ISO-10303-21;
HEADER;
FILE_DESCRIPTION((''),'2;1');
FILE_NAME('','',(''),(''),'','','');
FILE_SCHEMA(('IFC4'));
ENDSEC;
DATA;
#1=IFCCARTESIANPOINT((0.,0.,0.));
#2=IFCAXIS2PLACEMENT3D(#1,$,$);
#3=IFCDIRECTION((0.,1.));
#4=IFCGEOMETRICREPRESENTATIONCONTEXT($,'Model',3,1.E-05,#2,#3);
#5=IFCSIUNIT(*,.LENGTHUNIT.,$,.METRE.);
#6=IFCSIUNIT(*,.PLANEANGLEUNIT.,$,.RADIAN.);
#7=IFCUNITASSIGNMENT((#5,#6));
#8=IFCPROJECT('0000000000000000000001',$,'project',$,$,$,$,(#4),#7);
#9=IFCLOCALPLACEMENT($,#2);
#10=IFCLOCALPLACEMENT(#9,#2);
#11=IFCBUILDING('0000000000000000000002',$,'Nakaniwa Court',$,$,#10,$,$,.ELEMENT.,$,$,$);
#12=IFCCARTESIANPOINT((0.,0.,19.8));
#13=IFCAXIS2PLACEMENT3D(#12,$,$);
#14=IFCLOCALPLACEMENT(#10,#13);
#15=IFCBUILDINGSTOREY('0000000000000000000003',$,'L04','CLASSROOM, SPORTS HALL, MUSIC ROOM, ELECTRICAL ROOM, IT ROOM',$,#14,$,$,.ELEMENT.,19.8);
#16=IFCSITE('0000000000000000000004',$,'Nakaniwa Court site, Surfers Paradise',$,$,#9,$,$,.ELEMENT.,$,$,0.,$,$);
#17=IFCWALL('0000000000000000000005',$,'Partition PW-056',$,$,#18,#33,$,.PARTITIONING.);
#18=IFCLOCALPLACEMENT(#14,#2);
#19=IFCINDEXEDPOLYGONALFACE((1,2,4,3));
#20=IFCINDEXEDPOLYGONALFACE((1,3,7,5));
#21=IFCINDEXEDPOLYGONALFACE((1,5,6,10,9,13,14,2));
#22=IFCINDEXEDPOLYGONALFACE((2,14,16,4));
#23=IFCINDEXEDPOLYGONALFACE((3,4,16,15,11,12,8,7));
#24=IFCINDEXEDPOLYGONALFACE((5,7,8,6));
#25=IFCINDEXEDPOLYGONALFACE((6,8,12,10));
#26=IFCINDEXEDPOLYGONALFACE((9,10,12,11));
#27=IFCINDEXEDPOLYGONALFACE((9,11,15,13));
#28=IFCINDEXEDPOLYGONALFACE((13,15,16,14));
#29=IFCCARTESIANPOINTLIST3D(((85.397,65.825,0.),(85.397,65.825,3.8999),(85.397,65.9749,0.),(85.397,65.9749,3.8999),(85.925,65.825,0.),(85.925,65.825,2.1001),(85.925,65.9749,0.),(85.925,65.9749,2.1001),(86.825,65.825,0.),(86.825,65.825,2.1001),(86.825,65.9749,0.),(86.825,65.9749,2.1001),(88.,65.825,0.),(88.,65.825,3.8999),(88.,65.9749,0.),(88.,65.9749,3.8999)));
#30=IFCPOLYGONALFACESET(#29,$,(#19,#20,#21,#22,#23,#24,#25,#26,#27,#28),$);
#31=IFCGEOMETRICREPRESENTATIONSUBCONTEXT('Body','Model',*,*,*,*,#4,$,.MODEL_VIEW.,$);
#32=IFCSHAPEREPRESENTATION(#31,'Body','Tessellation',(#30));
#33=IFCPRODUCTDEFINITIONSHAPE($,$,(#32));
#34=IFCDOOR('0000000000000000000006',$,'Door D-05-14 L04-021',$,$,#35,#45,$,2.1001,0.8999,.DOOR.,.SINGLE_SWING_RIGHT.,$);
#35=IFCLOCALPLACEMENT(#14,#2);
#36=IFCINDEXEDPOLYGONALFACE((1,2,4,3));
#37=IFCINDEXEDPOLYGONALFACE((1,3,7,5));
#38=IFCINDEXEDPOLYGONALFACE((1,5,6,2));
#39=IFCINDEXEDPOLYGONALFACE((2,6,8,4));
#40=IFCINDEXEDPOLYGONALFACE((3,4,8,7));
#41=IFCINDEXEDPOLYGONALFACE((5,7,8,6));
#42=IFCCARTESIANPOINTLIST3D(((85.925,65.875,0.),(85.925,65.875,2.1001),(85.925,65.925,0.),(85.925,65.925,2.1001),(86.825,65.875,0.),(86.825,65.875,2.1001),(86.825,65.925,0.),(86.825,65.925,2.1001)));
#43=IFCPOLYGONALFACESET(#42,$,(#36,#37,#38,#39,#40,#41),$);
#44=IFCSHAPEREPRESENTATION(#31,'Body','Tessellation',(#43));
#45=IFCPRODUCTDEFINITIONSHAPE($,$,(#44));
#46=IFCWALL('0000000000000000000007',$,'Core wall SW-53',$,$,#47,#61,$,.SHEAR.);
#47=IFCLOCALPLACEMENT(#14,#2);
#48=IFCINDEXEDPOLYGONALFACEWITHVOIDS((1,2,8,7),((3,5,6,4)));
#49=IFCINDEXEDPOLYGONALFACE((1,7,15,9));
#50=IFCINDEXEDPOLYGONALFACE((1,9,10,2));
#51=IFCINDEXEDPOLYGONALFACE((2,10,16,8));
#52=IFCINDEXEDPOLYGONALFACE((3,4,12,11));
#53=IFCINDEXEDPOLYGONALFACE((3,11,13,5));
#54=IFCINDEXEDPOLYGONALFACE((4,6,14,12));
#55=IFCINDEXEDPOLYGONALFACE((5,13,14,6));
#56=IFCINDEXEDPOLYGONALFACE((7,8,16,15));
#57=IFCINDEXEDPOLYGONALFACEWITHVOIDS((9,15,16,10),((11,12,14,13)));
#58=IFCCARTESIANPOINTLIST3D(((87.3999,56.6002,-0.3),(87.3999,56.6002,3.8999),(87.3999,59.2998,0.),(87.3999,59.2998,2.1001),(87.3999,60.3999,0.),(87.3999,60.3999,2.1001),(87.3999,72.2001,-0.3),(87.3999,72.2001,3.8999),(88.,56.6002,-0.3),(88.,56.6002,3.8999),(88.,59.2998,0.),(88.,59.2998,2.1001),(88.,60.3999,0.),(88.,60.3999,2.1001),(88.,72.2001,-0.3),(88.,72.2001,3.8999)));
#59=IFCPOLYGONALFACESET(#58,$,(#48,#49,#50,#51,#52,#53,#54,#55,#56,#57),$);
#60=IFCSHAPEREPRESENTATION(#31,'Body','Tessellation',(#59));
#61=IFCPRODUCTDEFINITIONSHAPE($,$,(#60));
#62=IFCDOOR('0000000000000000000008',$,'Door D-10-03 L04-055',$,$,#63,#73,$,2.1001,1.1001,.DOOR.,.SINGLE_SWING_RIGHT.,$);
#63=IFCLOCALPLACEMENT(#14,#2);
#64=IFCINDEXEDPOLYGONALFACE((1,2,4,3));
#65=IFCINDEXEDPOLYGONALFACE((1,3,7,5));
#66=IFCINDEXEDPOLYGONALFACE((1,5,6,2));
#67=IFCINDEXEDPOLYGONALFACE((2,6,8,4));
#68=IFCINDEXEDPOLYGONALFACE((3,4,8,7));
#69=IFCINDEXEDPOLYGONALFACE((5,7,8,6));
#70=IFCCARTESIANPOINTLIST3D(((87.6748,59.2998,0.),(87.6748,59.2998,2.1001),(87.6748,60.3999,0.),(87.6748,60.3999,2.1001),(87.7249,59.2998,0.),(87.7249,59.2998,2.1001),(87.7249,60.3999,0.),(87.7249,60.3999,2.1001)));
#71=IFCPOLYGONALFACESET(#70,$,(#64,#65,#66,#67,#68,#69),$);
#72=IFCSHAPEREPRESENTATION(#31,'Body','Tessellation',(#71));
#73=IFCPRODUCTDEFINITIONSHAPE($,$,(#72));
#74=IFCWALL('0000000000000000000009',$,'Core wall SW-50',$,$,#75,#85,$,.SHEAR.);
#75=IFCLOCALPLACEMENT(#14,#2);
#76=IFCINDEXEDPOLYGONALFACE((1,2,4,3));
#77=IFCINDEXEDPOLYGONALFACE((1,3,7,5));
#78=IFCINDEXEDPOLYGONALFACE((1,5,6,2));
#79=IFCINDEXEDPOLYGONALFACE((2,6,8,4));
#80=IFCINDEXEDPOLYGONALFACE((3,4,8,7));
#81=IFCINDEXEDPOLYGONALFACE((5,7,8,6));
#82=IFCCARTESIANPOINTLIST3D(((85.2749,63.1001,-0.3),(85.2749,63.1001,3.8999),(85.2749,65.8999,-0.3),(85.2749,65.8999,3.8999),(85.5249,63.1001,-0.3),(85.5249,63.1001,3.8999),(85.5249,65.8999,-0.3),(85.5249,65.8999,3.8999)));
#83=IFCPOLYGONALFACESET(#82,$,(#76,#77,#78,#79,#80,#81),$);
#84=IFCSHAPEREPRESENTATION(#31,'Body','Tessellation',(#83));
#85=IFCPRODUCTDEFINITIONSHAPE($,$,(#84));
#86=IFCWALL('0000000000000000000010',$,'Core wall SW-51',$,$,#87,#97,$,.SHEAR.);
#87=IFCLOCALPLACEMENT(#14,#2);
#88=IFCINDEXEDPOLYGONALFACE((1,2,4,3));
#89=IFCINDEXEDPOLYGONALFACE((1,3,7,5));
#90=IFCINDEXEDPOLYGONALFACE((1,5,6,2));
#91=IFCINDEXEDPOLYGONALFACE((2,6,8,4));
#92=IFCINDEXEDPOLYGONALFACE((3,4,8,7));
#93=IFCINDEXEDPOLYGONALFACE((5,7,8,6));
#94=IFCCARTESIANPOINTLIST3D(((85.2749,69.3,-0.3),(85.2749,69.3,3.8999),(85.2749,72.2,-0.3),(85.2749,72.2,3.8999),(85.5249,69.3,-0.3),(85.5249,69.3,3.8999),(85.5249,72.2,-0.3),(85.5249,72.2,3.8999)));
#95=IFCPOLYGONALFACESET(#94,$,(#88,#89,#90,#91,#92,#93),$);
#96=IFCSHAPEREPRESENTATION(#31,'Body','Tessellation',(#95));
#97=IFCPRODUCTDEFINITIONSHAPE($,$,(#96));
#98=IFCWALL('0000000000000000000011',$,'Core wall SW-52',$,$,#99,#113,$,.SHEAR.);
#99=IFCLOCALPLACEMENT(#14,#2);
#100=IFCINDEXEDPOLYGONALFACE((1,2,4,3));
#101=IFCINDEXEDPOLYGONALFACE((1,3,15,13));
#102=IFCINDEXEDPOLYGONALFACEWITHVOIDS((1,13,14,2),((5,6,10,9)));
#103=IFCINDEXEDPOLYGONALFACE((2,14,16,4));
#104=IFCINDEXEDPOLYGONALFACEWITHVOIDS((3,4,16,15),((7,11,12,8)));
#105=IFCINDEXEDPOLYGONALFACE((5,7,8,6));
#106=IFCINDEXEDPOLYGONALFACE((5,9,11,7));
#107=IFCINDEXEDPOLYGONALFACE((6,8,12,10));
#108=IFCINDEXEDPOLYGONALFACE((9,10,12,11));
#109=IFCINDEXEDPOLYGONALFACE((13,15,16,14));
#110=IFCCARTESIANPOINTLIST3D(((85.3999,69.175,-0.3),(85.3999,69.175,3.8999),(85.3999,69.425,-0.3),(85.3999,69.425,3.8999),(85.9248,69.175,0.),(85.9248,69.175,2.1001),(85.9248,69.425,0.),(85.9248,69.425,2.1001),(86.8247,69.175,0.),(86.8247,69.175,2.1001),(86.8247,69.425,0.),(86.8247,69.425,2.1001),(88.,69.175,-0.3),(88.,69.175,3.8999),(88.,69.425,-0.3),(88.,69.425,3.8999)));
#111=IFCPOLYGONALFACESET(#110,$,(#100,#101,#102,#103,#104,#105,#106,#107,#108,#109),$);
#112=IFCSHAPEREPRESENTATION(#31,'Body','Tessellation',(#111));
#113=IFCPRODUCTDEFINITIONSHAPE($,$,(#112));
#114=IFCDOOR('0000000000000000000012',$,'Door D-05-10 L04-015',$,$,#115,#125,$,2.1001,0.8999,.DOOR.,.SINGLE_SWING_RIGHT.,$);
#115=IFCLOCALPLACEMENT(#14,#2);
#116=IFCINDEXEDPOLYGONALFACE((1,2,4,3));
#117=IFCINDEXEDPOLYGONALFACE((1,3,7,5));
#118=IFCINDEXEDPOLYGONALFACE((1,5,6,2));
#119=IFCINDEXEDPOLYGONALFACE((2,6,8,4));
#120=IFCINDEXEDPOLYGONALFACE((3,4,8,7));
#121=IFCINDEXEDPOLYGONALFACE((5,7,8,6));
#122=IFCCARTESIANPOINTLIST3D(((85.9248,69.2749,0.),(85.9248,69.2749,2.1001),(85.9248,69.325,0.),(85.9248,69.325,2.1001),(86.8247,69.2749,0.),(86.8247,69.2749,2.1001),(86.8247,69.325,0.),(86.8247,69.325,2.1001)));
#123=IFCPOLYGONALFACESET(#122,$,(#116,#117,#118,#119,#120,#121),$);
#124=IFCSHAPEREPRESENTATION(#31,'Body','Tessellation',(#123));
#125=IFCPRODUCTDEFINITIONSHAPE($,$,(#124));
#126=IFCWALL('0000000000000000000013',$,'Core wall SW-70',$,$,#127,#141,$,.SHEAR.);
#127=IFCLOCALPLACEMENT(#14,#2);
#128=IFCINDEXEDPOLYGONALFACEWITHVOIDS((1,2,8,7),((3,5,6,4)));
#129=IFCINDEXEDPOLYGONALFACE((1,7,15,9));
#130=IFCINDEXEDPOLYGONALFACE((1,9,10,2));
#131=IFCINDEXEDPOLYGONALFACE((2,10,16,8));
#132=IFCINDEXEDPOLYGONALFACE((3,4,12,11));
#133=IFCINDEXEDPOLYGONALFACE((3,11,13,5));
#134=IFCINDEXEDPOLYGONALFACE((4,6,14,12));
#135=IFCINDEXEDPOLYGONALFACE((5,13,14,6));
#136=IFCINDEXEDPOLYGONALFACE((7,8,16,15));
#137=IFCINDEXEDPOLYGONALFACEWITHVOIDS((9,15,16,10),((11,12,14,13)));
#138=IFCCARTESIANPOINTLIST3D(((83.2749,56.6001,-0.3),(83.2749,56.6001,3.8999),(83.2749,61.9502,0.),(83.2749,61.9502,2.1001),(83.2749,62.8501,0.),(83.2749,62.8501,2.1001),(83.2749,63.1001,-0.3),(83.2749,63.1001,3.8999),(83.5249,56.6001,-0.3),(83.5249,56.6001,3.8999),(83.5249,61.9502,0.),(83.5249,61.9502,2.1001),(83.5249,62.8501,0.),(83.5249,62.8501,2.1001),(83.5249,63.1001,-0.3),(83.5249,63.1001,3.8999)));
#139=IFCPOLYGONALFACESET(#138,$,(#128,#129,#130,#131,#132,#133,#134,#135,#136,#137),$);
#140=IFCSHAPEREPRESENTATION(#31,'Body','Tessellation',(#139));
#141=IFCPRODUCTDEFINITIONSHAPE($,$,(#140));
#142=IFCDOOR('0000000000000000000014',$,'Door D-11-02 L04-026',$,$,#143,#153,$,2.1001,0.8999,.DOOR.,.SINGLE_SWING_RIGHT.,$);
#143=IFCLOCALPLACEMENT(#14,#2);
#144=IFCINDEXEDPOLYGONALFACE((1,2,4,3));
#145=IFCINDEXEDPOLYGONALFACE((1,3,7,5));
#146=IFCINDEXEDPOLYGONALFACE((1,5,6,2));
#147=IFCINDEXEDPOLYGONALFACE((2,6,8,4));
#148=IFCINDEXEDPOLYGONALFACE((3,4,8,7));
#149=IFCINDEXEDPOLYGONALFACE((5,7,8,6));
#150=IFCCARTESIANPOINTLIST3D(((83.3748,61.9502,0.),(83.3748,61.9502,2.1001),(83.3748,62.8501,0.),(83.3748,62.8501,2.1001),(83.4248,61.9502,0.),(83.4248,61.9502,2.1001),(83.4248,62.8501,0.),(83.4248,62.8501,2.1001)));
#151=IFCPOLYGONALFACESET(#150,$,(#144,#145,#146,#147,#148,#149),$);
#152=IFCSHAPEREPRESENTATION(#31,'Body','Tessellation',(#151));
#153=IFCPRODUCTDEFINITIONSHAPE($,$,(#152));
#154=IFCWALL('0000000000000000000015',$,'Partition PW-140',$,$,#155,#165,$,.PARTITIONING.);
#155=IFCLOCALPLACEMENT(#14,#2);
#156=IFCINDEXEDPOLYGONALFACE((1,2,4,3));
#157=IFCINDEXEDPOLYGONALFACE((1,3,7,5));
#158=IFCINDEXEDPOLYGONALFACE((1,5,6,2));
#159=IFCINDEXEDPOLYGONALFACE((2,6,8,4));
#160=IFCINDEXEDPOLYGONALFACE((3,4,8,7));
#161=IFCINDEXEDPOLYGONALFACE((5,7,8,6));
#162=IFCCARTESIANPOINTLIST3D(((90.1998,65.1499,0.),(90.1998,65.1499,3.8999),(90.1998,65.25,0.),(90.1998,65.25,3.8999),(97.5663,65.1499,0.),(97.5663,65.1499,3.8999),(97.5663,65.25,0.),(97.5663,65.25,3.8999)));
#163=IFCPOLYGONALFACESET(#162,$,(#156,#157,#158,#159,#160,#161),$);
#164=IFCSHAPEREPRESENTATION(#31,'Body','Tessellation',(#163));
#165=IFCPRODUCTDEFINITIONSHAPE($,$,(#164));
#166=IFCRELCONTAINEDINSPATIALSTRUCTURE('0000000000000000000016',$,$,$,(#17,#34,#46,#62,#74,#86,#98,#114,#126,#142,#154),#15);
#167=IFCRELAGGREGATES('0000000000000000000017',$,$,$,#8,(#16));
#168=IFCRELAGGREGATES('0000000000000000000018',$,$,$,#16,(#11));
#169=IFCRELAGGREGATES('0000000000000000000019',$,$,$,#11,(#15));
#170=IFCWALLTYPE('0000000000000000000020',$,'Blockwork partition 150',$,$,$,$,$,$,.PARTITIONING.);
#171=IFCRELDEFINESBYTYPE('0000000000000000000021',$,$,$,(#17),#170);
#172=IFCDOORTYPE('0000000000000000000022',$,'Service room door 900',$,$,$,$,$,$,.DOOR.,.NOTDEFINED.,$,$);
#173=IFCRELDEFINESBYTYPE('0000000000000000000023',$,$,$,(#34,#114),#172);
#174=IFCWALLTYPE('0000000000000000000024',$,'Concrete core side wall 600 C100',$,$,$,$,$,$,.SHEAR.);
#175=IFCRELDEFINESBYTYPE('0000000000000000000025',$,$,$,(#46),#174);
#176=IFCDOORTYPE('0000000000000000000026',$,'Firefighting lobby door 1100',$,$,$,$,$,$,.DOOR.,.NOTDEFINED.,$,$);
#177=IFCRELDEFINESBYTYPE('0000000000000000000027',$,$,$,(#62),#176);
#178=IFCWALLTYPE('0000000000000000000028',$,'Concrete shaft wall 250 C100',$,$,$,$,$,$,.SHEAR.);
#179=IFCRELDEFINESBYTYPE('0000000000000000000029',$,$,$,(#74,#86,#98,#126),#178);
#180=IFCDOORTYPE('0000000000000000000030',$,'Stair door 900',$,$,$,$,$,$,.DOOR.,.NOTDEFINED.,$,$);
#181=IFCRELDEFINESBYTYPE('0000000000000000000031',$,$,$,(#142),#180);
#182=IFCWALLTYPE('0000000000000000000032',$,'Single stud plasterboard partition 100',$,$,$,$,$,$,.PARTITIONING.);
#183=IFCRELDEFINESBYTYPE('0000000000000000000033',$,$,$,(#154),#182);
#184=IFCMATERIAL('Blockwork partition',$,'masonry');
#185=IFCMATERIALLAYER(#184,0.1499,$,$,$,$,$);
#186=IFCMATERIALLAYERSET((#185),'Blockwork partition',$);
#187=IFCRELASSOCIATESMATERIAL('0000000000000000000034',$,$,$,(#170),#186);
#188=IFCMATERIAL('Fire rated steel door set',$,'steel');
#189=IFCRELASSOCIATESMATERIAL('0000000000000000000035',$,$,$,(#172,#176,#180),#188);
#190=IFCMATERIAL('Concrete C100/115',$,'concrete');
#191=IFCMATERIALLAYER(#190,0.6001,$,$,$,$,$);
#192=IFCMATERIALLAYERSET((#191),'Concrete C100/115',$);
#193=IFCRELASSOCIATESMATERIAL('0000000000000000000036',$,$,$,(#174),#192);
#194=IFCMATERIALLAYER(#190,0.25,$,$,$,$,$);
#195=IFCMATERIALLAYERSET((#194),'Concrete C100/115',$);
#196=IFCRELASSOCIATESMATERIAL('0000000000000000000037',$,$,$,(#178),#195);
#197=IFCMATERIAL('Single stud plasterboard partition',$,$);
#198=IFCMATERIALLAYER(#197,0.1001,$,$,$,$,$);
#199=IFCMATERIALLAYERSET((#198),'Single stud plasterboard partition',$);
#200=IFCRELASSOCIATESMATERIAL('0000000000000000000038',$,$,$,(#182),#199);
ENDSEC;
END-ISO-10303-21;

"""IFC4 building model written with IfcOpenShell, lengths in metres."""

from ifc_helpers import new_model, si_unit, direction, frame, frame_2d, origin, place, context, subcontext, project, spatial, rectangle, extrude, material, layer, layer_set, type_object, element, fill, save


model = new_model("IFC4")

# Units and contexts
model_context = context("Model", 3, precision=1e-05, world=origin(), true_north=direction((0.0, 1.0)))
body_context = subcontext(model_context, "Body", "Model", "MODEL_VIEW")
ifc_project = project(units=[si_unit("LENGTHUNIT", "METRE"), si_unit("PLANEANGLEUNIT", "RADIAN")], contexts=[model_context])

# Site, building, storey
site_placement = place(None, origin())
site = spatial("IfcSite", under=ifc_project, at=site_placement, Name="Nakaniwa Court site, Surfers Paradise", CompositionType="ELEMENT", RefElevation=0.0)
building_placement = place(site_placement, origin())
building = spatial("IfcBuilding", under=site, at=building_placement, Name="Nakaniwa Court", CompositionType="ELEMENT")
storey_placement = place(building_placement, frame((0.0, 0.0, 19.8)))
storey = spatial("IfcBuildingStorey", under=building, at=storey_placement, Name="L04", Description="CLASSROOM, SPORTS HALL, MUSIC ROOM, ELECTRICAL ROOM, IT ROOM", CompositionType="ELEMENT", Elevation=19.8)

# Shared definitions
ifc_material_1 = material(Name="Concrete C100/115", Category="concrete")

# Walls, openings, doors
ifc_material_2 = material(Name="Blockwork partition", Category="masonry")
ifc_layer_1 = layer(ifc_material_2, 0.1499)
ifc_layer_set_1 = layer_set([ifc_layer_1], Name="Blockwork partition")
wall_type_1 = type_object("IfcWallType", Name="Blockwork partition 150", PredefinedType="PARTITIONING", material=ifc_layer_set_1)
wall_1_placement = place(storey_placement, frame((88.0, 65.8999, 0.0), z_axis=(0.0, 0.0, 1.0), x_axis=(-1.0, 0.0, 0.0)))
wall_1 = element("IfcWall", 1, at=wall_1_placement, inside=storey, type_object=wall_type_1, Name="Partition PW-056", PredefinedType="PARTITIONING", context=body_context, shape_type="SweptSolid", body=[
    extrude(rectangle(XDim=2.603, YDim=0.1499, at=frame_2d((1.3015, 0.0))), origin(), (0.0, 0.0, 1.0), 3.8999),
])
opening_1_placement = place(wall_1_placement, frame((1.175, 0.0, 0.0)))
opening_1 = element("IfcOpeningElement", 2, at=opening_1_placement, cuts=wall_1, PredefinedType="OPENING", context=body_context, shape_type="SweptSolid", body=[
    extrude(rectangle(XDim=0.8999, YDim=2.1001, at=frame_2d((0.45, 1.05))), frame((0.0, 0.085, 0.0), z_axis=(0.0, -1.0, 0.0), x_axis=(1.0, 0.0, 0.0)), (0.0, 0.0, 1.0), 0.1699),
])
ifc_material_3 = material(Name="Fire rated steel door set", Category="steel")
door_type_1 = type_object("IfcDoorType", Name="Service room door 900", OperationType="NOTDEFINED", PredefinedType="DOOR", material=ifc_material_3)
door_1_placement = place(opening_1_placement, origin())
door_1 = element("IfcDoor", 3, at=door_1_placement, inside=storey, type_object=door_type_1, Name="Door D-05-14 L04-021", OperationType="SINGLE_SWING_RIGHT", OverallHeight=2.1001, OverallWidth=0.8999, PredefinedType="DOOR", context=body_context, shape_type="SweptSolid", body=[
    extrude(rectangle(XDim=0.8999, YDim=2.1001, at=frame_2d((0.45, 1.05))), frame((0.0, 0.0249, 0.0), z_axis=(0.0, -1.0, 0.0), x_axis=(1.0, 0.0, 0.0)), (0.0, 0.0, 1.0), 0.05),
])
fill(opening_1, door_1)
ifc_layer_2 = layer(ifc_material_1, 0.6001)
ifc_layer_set_2 = layer_set([ifc_layer_2], Name="Concrete C100/115")
wall_type_2 = type_object("IfcWallType", Name="Concrete core side wall 600 C100", PredefinedType="SHEAR", material=ifc_layer_set_2)
wall_2_placement = place(storey_placement, frame((87.7, 72.2, -0.3), z_axis=(0.0, 0.0, 1.0), x_axis=(0.0, -1.0, 0.0)))
wall_2 = element("IfcWall", 4, at=wall_2_placement, inside=storey, type_object=wall_type_2, Name="Core wall SW-53", PredefinedType="SHEAR", context=body_context, shape_type="SweptSolid", body=[
    extrude(rectangle(XDim=15.5999, YDim=0.6001, at=frame_2d((7.7998, 0.0))), origin(), (0.0, 0.0, 1.0), 4.2),
])
opening_2_placement = place(wall_2_placement, frame((11.8, 0.0, 0.3)))
opening_2 = element("IfcOpeningElement", 5, at=opening_2_placement, cuts=wall_2, PredefinedType="OPENING", context=body_context, shape_type="SweptSolid", body=[
    extrude(rectangle(XDim=1.1001, YDim=2.1001, at=frame_2d((0.55, 1.05))), frame((0.0, 0.3101, 0.0), z_axis=(0.0, -1.0, 0.0), x_axis=(1.0, 0.0, 0.0)), (0.0, 0.0, 1.0), 0.6201),
])
door_type_2 = type_object("IfcDoorType", Name="Firefighting lobby door 1100", OperationType="NOTDEFINED", PredefinedType="DOOR", material=ifc_material_3)
door_2_placement = place(opening_2_placement, origin())
door_2 = element("IfcDoor", 6, at=door_2_placement, inside=storey, type_object=door_type_2, Name="Door D-10-03 L04-055", OperationType="SINGLE_SWING_RIGHT", OverallHeight=2.1001, OverallWidth=1.1001, PredefinedType="DOOR", context=body_context, shape_type="SweptSolid", body=[
    extrude(rectangle(XDim=1.1001, YDim=2.1001, at=frame_2d((0.55, 1.05))), frame((0.0, 0.0249, 0.0), z_axis=(0.0, -1.0, 0.0), x_axis=(1.0, 0.0, 0.0)), (0.0, 0.0, 1.0), 0.05),
])
fill(opening_2, door_2)

# Walls
ifc_layer_3 = layer(ifc_material_1, 0.25)
ifc_layer_set_3 = layer_set([ifc_layer_3], Name="Concrete C100/115")
wall_type_3 = type_object("IfcWallType", Name="Concrete shaft wall 250 C100", PredefinedType="SHEAR", material=ifc_layer_set_3)
wall_3_placement = place(storey_placement, frame((85.3999, 63.1001, -0.3), z_axis=(0.0, 0.0, 1.0), x_axis=(0.0, 1.0, 0.0)))
element("IfcWall", 7, at=wall_3_placement, inside=storey, type_object=wall_type_3, Name="Core wall SW-50", PredefinedType="SHEAR", context=body_context, shape_type="SweptSolid", body=[
    extrude(rectangle(XDim=2.7998, YDim=0.25, at=frame_2d((1.3999, 0.0))), origin(), (0.0, 0.0, 1.0), 4.2),
])
wall_4_placement = place(storey_placement, frame((85.3999, 69.3, -0.3), z_axis=(0.0, 0.0, 1.0), x_axis=(0.0, 1.0, 0.0)))
element("IfcWall", 8, at=wall_4_placement, inside=storey, type_object=wall_type_3, Name="Core wall SW-51", PredefinedType="SHEAR", context=body_context, shape_type="SweptSolid", body=[
    extrude(rectangle(XDim=2.8999, YDim=0.25, at=frame_2d((1.45, 0.0))), origin(), (0.0, 0.0, 1.0), 4.2),
])

# Walls, openings, doors
wall_5_placement = place(storey_placement, frame((85.3999, 69.3, -0.3), z_axis=(0.0, 0.0, 1.0), x_axis=(1.0, 0.0, 0.0)))
wall_5 = element("IfcWall", 9, at=wall_5_placement, inside=storey, type_object=wall_type_3, Name="Core wall SW-52", PredefinedType="SHEAR", context=body_context, shape_type="SweptSolid", body=[
    extrude(rectangle(XDim=2.6001, YDim=0.25, at=frame_2d((1.3, 0.0))), origin(), (0.0, 0.0, 1.0), 4.2),
])
opening_3_placement = place(wall_5_placement, frame((0.5249, 0.0, 0.3)))
opening_3 = element("IfcOpeningElement", 10, at=opening_3_placement, cuts=wall_5, PredefinedType="OPENING", context=body_context, shape_type="SweptSolid", body=[
    extrude(rectangle(XDim=0.8999, YDim=2.1001, at=frame_2d((0.45, 1.05))), frame((0.0, 0.135, 0.0), z_axis=(0.0, -1.0, 0.0), x_axis=(1.0, 0.0, 0.0)), (0.0, 0.0, 1.0), 0.27),
])
door_3_placement = place(opening_3_placement, origin())
door_3 = element("IfcDoor", 11, at=door_3_placement, inside=storey, type_object=door_type_1, Name="Door D-05-10 L04-015", OperationType="SINGLE_SWING_RIGHT", OverallHeight=2.1001, OverallWidth=0.8999, PredefinedType="DOOR", context=body_context, shape_type="SweptSolid", body=[
    extrude(rectangle(XDim=0.8999, YDim=2.1001, at=frame_2d((0.45, 1.05))), frame((0.0, 0.0249, 0.0), z_axis=(0.0, -1.0, 0.0), x_axis=(1.0, 0.0, 0.0)), (0.0, 0.0, 1.0), 0.05),
])
fill(opening_3, door_3)
wall_6_placement = place(storey_placement, frame((83.3999, 63.1001, -0.3), z_axis=(0.0, 0.0, 1.0), x_axis=(0.0, -1.0, 0.0)))
wall_6 = element("IfcWall", 12, at=wall_6_placement, inside=storey, type_object=wall_type_3, Name="Core wall SW-70", PredefinedType="SHEAR", context=body_context, shape_type="SweptSolid", body=[
    extrude(rectangle(XDim=6.5, YDim=0.25, at=frame_2d((3.25, 0.0))), origin(), (0.0, 0.0, 1.0), 4.2),
])
opening_4_placement = place(wall_6_placement, frame((0.25, 0.0, 0.3)))
opening_4 = element("IfcOpeningElement", 13, at=opening_4_placement, cuts=wall_6, PredefinedType="OPENING", context=body_context, shape_type="SweptSolid", body=[
    extrude(rectangle(XDim=0.8999, YDim=2.1001, at=frame_2d((0.45, 1.05))), frame((0.0, 0.135, 0.0), z_axis=(0.0, -1.0, 0.0), x_axis=(1.0, 0.0, 0.0)), (0.0, 0.0, 1.0), 0.27),
])
door_type_3 = type_object("IfcDoorType", Name="Stair door 900", OperationType="NOTDEFINED", PredefinedType="DOOR", material=ifc_material_3)
door_4_placement = place(opening_4_placement, origin())
door_4 = element("IfcDoor", 14, at=door_4_placement, inside=storey, type_object=door_type_3, Name="Door D-11-02 L04-026", OperationType="SINGLE_SWING_RIGHT", OverallHeight=2.1001, OverallWidth=0.8999, PredefinedType="DOOR", context=body_context, shape_type="SweptSolid", body=[
    extrude(rectangle(XDim=0.8999, YDim=2.1001, at=frame_2d((0.45, 1.05))), frame((0.0, 0.0249, 0.0), z_axis=(0.0, -1.0, 0.0), x_axis=(1.0, 0.0, 0.0)), (0.0, 0.0, 1.0), 0.05),
])
fill(opening_4, door_4)

# Wall
ifc_material_4 = material(Name="Single stud plasterboard partition")
ifc_layer_4 = layer(ifc_material_4, 0.1001)
ifc_layer_set_4 = layer_set([ifc_layer_4], Name="Single stud plasterboard partition")
wall_type_4 = type_object("IfcWallType", Name="Single stud plasterboard partition 100", PredefinedType="PARTITIONING", material=ifc_layer_set_4)
wall_7_placement = place(storey_placement, frame((90.2, 65.2, 0.0), z_axis=(0.0, 0.0, 1.0), x_axis=(1.0, 0.0, 0.0)))
element("IfcWall", 15, at=wall_7_placement, inside=storey, type_object=wall_type_4, Name="Partition PW-140", PredefinedType="PARTITIONING", context=body_context, shape_type="SweptSolid", body=[
    extrude(rectangle(XDim=7.3665, YDim=0.1001, at=frame_2d((3.6831, 0.0))), origin(), (0.0, 0.0, 1.0), 3.8999),
])

save(model, "model.ifc")
